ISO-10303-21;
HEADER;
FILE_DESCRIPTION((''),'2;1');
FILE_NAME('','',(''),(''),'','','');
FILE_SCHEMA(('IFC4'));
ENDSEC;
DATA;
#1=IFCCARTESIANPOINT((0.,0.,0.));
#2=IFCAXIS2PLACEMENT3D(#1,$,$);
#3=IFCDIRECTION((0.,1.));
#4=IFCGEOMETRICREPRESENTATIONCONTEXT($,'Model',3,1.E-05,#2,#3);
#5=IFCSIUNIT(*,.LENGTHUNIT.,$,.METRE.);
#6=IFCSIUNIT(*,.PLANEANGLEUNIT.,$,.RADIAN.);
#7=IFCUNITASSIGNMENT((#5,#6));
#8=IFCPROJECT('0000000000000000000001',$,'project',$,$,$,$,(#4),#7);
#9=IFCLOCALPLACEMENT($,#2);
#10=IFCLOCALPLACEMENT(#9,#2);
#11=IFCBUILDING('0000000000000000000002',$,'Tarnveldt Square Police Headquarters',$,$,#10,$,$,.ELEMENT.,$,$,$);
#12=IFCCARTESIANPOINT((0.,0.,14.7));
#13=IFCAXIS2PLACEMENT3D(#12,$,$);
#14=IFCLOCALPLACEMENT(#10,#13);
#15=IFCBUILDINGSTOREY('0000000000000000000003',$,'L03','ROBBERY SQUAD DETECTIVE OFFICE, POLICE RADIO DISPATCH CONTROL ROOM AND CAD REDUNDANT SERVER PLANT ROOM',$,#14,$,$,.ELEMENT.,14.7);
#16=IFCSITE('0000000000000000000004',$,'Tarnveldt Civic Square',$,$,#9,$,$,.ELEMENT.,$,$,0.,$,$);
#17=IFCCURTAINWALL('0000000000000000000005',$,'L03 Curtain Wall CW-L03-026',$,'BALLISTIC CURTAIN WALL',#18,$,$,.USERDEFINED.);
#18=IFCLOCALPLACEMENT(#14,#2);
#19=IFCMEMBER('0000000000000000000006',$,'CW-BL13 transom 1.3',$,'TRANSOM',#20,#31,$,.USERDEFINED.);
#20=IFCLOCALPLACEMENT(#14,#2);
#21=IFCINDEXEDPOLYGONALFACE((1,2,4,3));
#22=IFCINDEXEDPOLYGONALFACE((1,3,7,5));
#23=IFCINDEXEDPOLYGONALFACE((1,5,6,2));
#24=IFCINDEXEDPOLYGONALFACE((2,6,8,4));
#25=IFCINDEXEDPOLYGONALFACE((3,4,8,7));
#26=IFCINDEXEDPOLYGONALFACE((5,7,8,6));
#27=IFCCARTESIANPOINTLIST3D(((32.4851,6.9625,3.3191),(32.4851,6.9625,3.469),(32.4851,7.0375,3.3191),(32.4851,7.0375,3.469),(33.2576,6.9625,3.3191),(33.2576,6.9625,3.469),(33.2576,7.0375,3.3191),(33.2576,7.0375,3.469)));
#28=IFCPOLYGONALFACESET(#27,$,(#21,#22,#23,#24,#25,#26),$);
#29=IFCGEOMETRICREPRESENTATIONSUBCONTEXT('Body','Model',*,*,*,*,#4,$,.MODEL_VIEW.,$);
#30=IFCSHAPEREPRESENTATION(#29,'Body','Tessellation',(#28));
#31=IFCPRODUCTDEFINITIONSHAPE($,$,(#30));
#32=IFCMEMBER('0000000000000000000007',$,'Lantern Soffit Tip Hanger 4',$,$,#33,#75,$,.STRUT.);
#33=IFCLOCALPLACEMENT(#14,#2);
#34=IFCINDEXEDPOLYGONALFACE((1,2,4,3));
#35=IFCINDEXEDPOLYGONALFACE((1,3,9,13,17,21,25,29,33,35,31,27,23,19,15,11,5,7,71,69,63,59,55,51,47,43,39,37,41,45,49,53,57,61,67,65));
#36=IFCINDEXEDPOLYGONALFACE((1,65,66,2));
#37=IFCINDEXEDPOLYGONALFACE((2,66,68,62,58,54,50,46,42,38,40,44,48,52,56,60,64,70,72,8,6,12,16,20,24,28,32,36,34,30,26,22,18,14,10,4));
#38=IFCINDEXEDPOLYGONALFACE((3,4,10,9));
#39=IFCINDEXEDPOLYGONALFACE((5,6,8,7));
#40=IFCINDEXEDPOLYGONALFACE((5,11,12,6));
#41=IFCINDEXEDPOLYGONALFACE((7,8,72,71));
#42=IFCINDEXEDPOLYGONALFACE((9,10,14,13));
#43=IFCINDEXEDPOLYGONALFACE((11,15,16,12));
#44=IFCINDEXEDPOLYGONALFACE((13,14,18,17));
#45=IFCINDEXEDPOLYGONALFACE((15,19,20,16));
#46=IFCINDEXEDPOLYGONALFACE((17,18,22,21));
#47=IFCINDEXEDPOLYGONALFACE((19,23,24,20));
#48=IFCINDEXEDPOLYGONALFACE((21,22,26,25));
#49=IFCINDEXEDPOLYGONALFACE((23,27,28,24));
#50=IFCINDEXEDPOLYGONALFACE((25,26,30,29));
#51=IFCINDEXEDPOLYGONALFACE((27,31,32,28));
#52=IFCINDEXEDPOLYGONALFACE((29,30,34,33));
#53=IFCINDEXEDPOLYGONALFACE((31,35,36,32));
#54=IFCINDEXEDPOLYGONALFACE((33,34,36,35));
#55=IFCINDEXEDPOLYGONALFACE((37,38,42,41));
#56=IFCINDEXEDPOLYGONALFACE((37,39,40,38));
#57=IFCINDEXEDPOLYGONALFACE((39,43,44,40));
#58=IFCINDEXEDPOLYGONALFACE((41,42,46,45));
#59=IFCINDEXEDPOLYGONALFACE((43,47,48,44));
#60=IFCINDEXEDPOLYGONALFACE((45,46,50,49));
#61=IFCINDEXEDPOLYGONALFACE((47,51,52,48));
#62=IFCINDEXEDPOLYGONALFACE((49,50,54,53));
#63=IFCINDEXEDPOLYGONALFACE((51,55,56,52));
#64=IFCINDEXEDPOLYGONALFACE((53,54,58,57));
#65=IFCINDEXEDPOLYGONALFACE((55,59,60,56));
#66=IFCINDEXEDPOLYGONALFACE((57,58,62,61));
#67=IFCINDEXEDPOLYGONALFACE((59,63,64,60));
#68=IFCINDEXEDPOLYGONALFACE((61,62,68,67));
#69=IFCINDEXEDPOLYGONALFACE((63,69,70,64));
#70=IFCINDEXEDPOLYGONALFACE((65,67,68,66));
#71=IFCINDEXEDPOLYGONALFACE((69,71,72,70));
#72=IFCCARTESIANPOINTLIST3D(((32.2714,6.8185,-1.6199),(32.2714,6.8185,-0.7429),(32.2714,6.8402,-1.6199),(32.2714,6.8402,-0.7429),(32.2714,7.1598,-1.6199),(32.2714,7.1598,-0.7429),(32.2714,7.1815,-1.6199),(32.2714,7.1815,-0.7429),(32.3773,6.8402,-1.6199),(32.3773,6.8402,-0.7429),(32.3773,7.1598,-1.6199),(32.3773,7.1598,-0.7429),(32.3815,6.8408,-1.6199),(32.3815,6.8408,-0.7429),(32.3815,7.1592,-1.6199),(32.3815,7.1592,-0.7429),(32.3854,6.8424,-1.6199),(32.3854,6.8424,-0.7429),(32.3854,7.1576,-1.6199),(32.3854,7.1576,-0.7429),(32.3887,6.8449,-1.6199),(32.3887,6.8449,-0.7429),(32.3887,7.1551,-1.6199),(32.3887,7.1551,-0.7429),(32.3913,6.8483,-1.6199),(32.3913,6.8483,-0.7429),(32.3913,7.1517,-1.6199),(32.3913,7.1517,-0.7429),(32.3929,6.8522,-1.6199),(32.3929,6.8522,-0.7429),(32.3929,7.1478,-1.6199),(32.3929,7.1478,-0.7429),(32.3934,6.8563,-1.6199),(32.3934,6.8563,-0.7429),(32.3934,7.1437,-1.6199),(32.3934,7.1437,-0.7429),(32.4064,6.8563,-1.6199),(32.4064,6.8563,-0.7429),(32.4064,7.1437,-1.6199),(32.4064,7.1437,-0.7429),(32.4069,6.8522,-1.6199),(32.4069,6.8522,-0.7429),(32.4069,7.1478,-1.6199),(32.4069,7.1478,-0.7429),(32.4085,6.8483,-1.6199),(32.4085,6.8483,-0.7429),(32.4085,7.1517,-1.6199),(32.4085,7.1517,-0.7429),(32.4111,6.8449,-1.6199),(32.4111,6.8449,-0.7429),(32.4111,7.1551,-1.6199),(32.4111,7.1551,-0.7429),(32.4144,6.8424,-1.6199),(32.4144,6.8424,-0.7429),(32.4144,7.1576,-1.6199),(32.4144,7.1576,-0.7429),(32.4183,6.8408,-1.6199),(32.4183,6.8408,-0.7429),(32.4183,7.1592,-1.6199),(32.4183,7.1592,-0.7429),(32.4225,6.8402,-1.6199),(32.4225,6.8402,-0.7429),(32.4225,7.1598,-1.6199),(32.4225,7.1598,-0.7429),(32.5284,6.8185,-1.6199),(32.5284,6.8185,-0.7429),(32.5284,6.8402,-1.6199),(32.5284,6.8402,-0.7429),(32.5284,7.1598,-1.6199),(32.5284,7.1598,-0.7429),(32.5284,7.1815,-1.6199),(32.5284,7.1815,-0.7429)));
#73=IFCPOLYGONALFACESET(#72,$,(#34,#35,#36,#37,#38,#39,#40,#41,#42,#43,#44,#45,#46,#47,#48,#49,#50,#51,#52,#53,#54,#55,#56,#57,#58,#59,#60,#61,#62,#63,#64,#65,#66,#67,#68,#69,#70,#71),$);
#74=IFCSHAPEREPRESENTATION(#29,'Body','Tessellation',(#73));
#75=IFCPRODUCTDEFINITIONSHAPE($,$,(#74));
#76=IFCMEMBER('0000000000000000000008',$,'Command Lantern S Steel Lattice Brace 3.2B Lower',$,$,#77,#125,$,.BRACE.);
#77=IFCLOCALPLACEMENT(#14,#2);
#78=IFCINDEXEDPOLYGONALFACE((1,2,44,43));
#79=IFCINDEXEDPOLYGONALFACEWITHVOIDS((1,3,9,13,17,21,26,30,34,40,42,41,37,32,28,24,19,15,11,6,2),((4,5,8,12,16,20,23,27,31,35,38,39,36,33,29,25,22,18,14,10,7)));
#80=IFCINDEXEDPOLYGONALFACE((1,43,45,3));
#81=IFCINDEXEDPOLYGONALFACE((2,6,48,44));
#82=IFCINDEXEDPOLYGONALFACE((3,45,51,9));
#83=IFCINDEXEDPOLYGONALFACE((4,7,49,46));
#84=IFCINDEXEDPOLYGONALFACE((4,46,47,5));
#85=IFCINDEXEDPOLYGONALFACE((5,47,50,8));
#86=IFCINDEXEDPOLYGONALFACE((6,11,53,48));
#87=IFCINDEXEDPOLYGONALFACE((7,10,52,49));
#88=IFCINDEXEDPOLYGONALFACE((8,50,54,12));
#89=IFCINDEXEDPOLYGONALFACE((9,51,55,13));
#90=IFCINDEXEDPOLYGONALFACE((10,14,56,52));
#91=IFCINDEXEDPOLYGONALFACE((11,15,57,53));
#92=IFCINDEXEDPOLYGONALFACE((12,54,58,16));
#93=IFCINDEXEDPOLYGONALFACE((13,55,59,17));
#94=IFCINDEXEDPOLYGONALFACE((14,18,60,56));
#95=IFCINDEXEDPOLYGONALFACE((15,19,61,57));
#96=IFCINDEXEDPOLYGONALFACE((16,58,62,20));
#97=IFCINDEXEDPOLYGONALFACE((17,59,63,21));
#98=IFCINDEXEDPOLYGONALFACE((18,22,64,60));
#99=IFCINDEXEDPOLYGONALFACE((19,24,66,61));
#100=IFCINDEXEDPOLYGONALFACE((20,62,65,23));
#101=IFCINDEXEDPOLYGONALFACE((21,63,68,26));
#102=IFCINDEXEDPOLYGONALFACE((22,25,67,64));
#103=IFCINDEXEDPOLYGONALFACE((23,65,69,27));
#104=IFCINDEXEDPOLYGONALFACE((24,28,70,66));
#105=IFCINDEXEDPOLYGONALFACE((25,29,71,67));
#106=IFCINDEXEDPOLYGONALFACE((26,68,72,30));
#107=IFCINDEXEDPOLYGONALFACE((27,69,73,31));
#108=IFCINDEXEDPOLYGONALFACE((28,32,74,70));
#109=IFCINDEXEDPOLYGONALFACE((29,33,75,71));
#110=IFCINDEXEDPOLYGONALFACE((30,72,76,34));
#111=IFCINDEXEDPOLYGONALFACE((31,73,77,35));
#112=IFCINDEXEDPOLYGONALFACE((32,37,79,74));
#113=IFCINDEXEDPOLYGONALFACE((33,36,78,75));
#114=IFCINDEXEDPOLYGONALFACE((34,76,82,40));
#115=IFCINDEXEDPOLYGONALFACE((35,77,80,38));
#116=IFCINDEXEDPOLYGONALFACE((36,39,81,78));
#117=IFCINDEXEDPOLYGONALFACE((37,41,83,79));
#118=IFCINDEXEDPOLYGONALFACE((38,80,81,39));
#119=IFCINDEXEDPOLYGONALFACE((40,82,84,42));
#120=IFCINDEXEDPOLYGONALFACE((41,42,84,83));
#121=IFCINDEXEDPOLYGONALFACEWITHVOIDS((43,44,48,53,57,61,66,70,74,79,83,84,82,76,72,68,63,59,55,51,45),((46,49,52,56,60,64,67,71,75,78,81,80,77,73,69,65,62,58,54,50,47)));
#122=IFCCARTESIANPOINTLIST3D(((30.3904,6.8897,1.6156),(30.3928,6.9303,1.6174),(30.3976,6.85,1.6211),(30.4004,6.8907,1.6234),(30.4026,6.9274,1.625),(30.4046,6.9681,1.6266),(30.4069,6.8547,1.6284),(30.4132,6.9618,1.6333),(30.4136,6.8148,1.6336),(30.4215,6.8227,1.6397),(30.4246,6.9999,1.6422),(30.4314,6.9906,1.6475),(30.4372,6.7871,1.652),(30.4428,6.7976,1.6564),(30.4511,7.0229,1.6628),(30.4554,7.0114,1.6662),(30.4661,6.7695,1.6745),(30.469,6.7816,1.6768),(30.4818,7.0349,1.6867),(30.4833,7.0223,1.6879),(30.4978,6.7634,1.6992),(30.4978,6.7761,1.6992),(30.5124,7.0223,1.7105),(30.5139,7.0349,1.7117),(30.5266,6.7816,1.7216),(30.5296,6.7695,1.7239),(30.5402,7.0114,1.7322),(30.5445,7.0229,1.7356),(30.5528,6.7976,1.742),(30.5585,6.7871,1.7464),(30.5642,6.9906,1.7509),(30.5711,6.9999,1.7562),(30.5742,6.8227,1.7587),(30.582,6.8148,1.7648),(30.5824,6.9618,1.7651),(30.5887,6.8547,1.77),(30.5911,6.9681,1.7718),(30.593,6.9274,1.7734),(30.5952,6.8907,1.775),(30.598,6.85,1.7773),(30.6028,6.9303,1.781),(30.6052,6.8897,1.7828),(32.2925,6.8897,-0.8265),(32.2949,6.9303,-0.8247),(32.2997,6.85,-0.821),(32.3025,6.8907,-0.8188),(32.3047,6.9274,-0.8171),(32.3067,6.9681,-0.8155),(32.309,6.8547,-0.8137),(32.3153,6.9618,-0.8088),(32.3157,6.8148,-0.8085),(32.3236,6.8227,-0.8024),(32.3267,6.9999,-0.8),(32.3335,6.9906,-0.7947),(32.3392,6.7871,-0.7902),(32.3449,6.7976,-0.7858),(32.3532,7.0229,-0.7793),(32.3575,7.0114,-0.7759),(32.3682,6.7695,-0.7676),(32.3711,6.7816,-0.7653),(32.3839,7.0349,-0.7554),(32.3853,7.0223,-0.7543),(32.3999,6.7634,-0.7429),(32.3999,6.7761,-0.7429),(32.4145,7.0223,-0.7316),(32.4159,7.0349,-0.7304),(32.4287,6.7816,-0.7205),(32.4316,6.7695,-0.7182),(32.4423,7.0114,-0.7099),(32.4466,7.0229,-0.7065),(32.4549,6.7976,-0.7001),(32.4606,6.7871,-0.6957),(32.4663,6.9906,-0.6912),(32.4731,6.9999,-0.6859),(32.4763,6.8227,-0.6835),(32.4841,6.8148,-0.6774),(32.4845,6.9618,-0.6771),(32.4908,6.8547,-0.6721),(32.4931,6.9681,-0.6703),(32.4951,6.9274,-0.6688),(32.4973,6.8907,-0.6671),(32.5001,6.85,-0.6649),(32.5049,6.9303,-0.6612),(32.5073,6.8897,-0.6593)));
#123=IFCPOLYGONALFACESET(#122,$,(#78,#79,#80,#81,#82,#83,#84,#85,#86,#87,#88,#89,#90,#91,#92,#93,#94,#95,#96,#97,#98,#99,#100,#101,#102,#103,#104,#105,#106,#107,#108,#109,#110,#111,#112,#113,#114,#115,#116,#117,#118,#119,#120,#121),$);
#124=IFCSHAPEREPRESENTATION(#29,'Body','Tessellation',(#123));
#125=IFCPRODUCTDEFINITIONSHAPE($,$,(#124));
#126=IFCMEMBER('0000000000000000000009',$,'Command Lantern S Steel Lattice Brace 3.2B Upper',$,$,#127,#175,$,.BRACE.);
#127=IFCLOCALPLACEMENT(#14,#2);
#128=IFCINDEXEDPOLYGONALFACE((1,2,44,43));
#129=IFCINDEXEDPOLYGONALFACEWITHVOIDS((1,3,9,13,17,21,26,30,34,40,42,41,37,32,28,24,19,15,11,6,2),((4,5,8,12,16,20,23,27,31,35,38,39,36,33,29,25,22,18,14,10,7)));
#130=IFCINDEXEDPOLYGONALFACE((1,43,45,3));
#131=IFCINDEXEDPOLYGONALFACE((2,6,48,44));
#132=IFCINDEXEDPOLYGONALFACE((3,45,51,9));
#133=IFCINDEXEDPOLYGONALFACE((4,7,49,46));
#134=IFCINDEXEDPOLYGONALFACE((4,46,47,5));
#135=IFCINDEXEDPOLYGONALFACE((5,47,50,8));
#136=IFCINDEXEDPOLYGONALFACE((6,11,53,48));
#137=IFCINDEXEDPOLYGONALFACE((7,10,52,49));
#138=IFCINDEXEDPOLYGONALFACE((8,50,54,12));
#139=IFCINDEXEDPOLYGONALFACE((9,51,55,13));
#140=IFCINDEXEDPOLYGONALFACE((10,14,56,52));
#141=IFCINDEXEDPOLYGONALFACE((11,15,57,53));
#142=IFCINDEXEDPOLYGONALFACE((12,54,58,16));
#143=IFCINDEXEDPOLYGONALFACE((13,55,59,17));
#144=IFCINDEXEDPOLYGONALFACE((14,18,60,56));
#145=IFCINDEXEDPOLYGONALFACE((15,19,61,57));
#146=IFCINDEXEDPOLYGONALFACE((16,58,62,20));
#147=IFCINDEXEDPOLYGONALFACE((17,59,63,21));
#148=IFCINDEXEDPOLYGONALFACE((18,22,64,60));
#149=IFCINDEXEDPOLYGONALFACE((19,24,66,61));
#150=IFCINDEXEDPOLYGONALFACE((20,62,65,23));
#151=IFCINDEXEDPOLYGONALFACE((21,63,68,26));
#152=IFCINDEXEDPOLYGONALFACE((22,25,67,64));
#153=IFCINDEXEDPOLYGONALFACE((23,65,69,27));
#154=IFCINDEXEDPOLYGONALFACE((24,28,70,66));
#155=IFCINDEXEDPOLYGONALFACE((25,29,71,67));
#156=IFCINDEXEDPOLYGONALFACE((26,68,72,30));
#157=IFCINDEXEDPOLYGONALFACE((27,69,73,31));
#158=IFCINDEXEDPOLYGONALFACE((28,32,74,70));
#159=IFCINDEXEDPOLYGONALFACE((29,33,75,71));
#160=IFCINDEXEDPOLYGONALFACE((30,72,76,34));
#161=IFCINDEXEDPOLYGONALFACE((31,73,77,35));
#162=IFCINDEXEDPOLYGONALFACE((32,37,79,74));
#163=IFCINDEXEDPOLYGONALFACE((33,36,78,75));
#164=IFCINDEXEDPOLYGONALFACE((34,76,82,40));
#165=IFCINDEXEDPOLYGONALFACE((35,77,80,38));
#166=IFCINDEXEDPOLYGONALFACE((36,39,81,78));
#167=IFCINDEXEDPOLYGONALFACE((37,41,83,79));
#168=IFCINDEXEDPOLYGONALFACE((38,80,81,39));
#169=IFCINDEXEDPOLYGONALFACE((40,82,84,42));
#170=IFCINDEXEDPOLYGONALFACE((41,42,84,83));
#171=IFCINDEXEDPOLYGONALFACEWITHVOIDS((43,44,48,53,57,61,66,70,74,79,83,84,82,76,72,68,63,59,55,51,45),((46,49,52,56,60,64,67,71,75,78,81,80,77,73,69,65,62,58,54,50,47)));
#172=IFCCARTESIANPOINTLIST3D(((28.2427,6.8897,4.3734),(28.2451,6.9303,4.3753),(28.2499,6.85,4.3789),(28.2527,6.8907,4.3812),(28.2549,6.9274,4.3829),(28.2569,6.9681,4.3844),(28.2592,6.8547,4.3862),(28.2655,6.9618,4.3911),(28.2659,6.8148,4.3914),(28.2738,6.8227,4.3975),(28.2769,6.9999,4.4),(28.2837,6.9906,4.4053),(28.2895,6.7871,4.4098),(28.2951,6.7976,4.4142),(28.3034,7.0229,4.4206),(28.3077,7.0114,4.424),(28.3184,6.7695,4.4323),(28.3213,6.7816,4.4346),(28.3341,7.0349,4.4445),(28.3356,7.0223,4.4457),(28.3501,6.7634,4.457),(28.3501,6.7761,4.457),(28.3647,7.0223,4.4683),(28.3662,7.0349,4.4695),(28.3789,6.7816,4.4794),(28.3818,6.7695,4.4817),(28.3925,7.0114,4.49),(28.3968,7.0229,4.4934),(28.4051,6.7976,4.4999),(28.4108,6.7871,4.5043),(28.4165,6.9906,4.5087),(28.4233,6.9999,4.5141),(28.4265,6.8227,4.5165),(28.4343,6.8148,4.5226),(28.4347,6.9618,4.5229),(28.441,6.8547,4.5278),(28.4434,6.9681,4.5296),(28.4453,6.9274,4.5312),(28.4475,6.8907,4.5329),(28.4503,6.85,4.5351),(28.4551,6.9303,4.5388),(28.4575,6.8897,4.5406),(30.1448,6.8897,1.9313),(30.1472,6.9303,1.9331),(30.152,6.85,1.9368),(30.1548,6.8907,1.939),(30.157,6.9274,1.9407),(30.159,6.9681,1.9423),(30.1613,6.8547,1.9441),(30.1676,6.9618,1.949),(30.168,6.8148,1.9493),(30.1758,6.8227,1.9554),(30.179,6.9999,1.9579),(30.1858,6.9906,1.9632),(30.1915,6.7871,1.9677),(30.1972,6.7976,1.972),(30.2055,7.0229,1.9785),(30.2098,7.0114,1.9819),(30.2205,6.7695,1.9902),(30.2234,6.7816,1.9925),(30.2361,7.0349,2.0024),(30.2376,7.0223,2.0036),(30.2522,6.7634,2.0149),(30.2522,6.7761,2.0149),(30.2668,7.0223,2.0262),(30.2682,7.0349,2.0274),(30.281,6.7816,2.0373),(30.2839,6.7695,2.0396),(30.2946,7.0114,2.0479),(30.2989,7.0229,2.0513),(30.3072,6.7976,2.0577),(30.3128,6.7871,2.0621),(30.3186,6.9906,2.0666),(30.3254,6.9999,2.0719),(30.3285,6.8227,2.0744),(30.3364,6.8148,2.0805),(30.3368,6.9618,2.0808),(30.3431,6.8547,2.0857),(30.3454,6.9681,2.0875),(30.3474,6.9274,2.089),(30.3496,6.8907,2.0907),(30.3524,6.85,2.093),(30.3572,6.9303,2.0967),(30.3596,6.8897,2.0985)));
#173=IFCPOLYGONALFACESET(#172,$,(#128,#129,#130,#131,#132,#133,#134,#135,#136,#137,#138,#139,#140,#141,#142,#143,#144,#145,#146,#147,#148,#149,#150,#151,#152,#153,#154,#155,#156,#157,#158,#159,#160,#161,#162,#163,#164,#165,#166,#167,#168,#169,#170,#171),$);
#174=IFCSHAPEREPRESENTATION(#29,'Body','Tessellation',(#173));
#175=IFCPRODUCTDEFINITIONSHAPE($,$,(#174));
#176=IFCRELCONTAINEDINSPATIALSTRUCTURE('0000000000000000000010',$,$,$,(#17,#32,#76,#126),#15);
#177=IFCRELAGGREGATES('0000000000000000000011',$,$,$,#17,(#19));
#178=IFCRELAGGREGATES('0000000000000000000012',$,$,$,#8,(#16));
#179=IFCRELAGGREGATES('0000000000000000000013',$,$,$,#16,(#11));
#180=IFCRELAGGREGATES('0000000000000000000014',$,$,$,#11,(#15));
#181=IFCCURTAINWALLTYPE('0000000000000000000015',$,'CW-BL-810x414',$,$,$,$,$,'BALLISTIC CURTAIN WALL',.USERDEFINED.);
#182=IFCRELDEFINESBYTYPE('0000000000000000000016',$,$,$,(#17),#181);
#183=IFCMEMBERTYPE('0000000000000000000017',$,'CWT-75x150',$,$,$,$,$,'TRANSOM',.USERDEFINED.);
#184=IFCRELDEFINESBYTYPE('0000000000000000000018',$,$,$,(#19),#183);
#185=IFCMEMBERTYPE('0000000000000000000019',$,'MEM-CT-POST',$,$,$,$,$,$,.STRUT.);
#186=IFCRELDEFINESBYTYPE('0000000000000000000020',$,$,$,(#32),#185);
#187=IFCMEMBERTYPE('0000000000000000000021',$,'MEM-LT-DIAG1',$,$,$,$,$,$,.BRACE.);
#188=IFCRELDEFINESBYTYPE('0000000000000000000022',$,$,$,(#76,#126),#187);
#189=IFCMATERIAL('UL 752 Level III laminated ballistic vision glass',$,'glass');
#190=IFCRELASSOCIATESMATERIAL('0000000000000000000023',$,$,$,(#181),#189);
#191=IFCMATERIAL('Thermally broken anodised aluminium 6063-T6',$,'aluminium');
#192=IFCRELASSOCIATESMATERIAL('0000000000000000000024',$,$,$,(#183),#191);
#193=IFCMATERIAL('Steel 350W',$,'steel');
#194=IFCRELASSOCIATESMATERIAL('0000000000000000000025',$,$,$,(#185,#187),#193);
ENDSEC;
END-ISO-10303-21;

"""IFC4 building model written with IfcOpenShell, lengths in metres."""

from ifc_helpers import new_model, si_unit, direction, frame, origin, origin_2d, place, context, subcontext, project, spatial, rectangle, hollow_circle, i_section, extrude, material, material_profile, profile_set, type_object, element, aggregate, save


model = new_model("IFC4")

# Units and contexts
model_context = context("Model", 3, precision=1e-05, world=origin(), true_north=direction((0.0, 1.0)))
body_context = subcontext(model_context, "Body", "Model", "MODEL_VIEW")
ifc_project = project(units=[si_unit("LENGTHUNIT", "METRE"), si_unit("PLANEANGLEUNIT", "RADIAN")], contexts=[model_context])

# Site, building, storey
site_placement = place(None, origin())
site = spatial("IfcSite", under=ifc_project, at=site_placement, Name="Tarnveldt Civic Square", CompositionType="ELEMENT", RefElevation=0.0)
building_placement = place(site_placement, origin())
building = spatial("IfcBuilding", under=site, at=building_placement, Name="Tarnveldt Square Police Headquarters", CompositionType="ELEMENT")
storey_placement = place(building_placement, frame((0.0, 0.0, 14.7)))
storey = spatial("IfcBuildingStorey", under=building, at=storey_placement, Name="L03", Description="ROBBERY SQUAD DETECTIVE OFFICE, POLICE RADIO DISPATCH CONTROL ROOM AND CAD REDUNDANT SERVER PLANT ROOM", CompositionType="ELEMENT", Elevation=14.7)

# Shared definitions
ifc_material_1 = material(Name="UL 752 Level III laminated ballistic vision glass", Category="glass")
curtain_wall_type = type_object("IfcCurtainWallType", Name="CW-BL-810x414", ElementType="BALLISTIC CURTAIN WALL", PredefinedType="USERDEFINED", material=ifc_material_1)
ifc_material_2 = material(Name="Thermally broken anodised aluminium 6063-T6", Category="aluminium")

# Curtain wall
curtain_wall_1_placement = place(storey_placement, origin())
curtain_wall_1 = element("IfcCurtainWall", 1, at=curtain_wall_1_placement, inside=storey, type_object=curtain_wall_type, Name="L03 Curtain Wall CW-L03-026", ObjectType="BALLISTIC CURTAIN WALL", PredefinedType="USERDEFINED")

# Member
ifc_material_profile_1 = material_profile(ifc_material_2, rectangle(XDim=0.075, YDim=0.1499, at=origin_2d()), Name="CW-T75x150")
ifc_profile_set_1 = profile_set([ifc_material_profile_1], Name="Thermally broken anodised aluminium 6063-T6")
member_type_1 = type_object("IfcMemberType", Name="CWT-75x150", ElementType="TRANSOM", PredefinedType="USERDEFINED", material=ifc_profile_set_1)
member_1_placement = place(storey_placement, frame((32.4851, 7.0, 3.394), z_axis=(1.0, 0.0, 0.0), x_axis=(0.0, 1.0, 0.0)))
member_1 = element("IfcMember", 2, at=member_1_placement, type_object=member_type_1, Name="CW-BL13 transom 1.3", ObjectType="TRANSOM", PredefinedType="USERDEFINED", context=body_context, shape_type="SweptSolid", body=[
    extrude(rectangle(XDim=0.075, YDim=0.1499, at=origin_2d()), origin(), (0.0, 0.0, 1.0), 0.7725),
])
aggregate(curtain_wall_1, [member_1])

# Members
ifc_material_3 = material(Name="Steel 350W", Category="steel")
ifc_material_profile_2 = material_profile(ifc_material_3, i_section(OverallWidth=0.2571, OverallDepth=0.363, WebThickness=0.0129, FlangeThickness=0.0217, FilletRadius=0.0161, at=origin_2d()), Name="W360x122")
ifc_profile_set_2 = profile_set([ifc_material_profile_2], Name="Steel 350W")
member_type_2 = type_object("IfcMemberType", Name="MEM-CT-POST", PredefinedType="STRUT", material=ifc_profile_set_2)
member_2_placement = place(storey_placement, frame((32.3999, 7.0, -1.6199), z_axis=(0.0, 0.0, 1.0), x_axis=(1.0, 0.0, 0.0)))
element("IfcMember", 3, at=member_2_placement, inside=storey, type_object=member_type_2, Name="Lantern Soffit Tip Hanger 4", PredefinedType="STRUT", context=body_context, shape_type="SweptSolid", body=[
    extrude(i_section(OverallWidth=0.2571, OverallDepth=0.363, WebThickness=0.0129, FlangeThickness=0.0217, FilletRadius=0.0161, at=origin_2d()), origin(), (0.0, 0.0, 1.0), 0.877),
])
ifc_material_profile_3 = material_profile(ifc_material_3, hollow_circle(Radius=0.1365, WallThickness=0.0127, at=origin_2d()), Name="HSS273x13")
ifc_profile_set_3 = profile_set([ifc_material_profile_3], Name="Steel 350W")
member_type_3 = type_object("IfcMemberType", Name="MEM-LT-DIAG1", PredefinedType="BRACE", material=ifc_profile_set_3)
for number, where, z_axis, x_axis, name in (
    (4, (32.3999, 6.8999, -0.7429), (-0.614476, 0.0, 0.788936), (0.0, -1.0, 0.0), "Command Lantern S Steel Lattice Brace 3.2B Lower"),
    (5, (30.2522, 6.8999, 2.0149), (-0.614476, 0.0, 0.788936), (0.0, -1.0, 0.0), "Command Lantern S Steel Lattice Brace 3.2B Upper"),
):
    element("IfcMember", number, at=place(storey_placement, frame(where, z_axis=z_axis, x_axis=x_axis)), inside=storey, type_object=member_type_3, Name=name, PredefinedType="BRACE", context=body_context, shape_type="SweptSolid", body=[
        extrude(hollow_circle(Radius=0.1365, WallThickness=0.0127, at=origin_2d()), origin(), (0.0, 0.0, 1.0), 3.0955),
    ])

save(model, "model.ifc")
